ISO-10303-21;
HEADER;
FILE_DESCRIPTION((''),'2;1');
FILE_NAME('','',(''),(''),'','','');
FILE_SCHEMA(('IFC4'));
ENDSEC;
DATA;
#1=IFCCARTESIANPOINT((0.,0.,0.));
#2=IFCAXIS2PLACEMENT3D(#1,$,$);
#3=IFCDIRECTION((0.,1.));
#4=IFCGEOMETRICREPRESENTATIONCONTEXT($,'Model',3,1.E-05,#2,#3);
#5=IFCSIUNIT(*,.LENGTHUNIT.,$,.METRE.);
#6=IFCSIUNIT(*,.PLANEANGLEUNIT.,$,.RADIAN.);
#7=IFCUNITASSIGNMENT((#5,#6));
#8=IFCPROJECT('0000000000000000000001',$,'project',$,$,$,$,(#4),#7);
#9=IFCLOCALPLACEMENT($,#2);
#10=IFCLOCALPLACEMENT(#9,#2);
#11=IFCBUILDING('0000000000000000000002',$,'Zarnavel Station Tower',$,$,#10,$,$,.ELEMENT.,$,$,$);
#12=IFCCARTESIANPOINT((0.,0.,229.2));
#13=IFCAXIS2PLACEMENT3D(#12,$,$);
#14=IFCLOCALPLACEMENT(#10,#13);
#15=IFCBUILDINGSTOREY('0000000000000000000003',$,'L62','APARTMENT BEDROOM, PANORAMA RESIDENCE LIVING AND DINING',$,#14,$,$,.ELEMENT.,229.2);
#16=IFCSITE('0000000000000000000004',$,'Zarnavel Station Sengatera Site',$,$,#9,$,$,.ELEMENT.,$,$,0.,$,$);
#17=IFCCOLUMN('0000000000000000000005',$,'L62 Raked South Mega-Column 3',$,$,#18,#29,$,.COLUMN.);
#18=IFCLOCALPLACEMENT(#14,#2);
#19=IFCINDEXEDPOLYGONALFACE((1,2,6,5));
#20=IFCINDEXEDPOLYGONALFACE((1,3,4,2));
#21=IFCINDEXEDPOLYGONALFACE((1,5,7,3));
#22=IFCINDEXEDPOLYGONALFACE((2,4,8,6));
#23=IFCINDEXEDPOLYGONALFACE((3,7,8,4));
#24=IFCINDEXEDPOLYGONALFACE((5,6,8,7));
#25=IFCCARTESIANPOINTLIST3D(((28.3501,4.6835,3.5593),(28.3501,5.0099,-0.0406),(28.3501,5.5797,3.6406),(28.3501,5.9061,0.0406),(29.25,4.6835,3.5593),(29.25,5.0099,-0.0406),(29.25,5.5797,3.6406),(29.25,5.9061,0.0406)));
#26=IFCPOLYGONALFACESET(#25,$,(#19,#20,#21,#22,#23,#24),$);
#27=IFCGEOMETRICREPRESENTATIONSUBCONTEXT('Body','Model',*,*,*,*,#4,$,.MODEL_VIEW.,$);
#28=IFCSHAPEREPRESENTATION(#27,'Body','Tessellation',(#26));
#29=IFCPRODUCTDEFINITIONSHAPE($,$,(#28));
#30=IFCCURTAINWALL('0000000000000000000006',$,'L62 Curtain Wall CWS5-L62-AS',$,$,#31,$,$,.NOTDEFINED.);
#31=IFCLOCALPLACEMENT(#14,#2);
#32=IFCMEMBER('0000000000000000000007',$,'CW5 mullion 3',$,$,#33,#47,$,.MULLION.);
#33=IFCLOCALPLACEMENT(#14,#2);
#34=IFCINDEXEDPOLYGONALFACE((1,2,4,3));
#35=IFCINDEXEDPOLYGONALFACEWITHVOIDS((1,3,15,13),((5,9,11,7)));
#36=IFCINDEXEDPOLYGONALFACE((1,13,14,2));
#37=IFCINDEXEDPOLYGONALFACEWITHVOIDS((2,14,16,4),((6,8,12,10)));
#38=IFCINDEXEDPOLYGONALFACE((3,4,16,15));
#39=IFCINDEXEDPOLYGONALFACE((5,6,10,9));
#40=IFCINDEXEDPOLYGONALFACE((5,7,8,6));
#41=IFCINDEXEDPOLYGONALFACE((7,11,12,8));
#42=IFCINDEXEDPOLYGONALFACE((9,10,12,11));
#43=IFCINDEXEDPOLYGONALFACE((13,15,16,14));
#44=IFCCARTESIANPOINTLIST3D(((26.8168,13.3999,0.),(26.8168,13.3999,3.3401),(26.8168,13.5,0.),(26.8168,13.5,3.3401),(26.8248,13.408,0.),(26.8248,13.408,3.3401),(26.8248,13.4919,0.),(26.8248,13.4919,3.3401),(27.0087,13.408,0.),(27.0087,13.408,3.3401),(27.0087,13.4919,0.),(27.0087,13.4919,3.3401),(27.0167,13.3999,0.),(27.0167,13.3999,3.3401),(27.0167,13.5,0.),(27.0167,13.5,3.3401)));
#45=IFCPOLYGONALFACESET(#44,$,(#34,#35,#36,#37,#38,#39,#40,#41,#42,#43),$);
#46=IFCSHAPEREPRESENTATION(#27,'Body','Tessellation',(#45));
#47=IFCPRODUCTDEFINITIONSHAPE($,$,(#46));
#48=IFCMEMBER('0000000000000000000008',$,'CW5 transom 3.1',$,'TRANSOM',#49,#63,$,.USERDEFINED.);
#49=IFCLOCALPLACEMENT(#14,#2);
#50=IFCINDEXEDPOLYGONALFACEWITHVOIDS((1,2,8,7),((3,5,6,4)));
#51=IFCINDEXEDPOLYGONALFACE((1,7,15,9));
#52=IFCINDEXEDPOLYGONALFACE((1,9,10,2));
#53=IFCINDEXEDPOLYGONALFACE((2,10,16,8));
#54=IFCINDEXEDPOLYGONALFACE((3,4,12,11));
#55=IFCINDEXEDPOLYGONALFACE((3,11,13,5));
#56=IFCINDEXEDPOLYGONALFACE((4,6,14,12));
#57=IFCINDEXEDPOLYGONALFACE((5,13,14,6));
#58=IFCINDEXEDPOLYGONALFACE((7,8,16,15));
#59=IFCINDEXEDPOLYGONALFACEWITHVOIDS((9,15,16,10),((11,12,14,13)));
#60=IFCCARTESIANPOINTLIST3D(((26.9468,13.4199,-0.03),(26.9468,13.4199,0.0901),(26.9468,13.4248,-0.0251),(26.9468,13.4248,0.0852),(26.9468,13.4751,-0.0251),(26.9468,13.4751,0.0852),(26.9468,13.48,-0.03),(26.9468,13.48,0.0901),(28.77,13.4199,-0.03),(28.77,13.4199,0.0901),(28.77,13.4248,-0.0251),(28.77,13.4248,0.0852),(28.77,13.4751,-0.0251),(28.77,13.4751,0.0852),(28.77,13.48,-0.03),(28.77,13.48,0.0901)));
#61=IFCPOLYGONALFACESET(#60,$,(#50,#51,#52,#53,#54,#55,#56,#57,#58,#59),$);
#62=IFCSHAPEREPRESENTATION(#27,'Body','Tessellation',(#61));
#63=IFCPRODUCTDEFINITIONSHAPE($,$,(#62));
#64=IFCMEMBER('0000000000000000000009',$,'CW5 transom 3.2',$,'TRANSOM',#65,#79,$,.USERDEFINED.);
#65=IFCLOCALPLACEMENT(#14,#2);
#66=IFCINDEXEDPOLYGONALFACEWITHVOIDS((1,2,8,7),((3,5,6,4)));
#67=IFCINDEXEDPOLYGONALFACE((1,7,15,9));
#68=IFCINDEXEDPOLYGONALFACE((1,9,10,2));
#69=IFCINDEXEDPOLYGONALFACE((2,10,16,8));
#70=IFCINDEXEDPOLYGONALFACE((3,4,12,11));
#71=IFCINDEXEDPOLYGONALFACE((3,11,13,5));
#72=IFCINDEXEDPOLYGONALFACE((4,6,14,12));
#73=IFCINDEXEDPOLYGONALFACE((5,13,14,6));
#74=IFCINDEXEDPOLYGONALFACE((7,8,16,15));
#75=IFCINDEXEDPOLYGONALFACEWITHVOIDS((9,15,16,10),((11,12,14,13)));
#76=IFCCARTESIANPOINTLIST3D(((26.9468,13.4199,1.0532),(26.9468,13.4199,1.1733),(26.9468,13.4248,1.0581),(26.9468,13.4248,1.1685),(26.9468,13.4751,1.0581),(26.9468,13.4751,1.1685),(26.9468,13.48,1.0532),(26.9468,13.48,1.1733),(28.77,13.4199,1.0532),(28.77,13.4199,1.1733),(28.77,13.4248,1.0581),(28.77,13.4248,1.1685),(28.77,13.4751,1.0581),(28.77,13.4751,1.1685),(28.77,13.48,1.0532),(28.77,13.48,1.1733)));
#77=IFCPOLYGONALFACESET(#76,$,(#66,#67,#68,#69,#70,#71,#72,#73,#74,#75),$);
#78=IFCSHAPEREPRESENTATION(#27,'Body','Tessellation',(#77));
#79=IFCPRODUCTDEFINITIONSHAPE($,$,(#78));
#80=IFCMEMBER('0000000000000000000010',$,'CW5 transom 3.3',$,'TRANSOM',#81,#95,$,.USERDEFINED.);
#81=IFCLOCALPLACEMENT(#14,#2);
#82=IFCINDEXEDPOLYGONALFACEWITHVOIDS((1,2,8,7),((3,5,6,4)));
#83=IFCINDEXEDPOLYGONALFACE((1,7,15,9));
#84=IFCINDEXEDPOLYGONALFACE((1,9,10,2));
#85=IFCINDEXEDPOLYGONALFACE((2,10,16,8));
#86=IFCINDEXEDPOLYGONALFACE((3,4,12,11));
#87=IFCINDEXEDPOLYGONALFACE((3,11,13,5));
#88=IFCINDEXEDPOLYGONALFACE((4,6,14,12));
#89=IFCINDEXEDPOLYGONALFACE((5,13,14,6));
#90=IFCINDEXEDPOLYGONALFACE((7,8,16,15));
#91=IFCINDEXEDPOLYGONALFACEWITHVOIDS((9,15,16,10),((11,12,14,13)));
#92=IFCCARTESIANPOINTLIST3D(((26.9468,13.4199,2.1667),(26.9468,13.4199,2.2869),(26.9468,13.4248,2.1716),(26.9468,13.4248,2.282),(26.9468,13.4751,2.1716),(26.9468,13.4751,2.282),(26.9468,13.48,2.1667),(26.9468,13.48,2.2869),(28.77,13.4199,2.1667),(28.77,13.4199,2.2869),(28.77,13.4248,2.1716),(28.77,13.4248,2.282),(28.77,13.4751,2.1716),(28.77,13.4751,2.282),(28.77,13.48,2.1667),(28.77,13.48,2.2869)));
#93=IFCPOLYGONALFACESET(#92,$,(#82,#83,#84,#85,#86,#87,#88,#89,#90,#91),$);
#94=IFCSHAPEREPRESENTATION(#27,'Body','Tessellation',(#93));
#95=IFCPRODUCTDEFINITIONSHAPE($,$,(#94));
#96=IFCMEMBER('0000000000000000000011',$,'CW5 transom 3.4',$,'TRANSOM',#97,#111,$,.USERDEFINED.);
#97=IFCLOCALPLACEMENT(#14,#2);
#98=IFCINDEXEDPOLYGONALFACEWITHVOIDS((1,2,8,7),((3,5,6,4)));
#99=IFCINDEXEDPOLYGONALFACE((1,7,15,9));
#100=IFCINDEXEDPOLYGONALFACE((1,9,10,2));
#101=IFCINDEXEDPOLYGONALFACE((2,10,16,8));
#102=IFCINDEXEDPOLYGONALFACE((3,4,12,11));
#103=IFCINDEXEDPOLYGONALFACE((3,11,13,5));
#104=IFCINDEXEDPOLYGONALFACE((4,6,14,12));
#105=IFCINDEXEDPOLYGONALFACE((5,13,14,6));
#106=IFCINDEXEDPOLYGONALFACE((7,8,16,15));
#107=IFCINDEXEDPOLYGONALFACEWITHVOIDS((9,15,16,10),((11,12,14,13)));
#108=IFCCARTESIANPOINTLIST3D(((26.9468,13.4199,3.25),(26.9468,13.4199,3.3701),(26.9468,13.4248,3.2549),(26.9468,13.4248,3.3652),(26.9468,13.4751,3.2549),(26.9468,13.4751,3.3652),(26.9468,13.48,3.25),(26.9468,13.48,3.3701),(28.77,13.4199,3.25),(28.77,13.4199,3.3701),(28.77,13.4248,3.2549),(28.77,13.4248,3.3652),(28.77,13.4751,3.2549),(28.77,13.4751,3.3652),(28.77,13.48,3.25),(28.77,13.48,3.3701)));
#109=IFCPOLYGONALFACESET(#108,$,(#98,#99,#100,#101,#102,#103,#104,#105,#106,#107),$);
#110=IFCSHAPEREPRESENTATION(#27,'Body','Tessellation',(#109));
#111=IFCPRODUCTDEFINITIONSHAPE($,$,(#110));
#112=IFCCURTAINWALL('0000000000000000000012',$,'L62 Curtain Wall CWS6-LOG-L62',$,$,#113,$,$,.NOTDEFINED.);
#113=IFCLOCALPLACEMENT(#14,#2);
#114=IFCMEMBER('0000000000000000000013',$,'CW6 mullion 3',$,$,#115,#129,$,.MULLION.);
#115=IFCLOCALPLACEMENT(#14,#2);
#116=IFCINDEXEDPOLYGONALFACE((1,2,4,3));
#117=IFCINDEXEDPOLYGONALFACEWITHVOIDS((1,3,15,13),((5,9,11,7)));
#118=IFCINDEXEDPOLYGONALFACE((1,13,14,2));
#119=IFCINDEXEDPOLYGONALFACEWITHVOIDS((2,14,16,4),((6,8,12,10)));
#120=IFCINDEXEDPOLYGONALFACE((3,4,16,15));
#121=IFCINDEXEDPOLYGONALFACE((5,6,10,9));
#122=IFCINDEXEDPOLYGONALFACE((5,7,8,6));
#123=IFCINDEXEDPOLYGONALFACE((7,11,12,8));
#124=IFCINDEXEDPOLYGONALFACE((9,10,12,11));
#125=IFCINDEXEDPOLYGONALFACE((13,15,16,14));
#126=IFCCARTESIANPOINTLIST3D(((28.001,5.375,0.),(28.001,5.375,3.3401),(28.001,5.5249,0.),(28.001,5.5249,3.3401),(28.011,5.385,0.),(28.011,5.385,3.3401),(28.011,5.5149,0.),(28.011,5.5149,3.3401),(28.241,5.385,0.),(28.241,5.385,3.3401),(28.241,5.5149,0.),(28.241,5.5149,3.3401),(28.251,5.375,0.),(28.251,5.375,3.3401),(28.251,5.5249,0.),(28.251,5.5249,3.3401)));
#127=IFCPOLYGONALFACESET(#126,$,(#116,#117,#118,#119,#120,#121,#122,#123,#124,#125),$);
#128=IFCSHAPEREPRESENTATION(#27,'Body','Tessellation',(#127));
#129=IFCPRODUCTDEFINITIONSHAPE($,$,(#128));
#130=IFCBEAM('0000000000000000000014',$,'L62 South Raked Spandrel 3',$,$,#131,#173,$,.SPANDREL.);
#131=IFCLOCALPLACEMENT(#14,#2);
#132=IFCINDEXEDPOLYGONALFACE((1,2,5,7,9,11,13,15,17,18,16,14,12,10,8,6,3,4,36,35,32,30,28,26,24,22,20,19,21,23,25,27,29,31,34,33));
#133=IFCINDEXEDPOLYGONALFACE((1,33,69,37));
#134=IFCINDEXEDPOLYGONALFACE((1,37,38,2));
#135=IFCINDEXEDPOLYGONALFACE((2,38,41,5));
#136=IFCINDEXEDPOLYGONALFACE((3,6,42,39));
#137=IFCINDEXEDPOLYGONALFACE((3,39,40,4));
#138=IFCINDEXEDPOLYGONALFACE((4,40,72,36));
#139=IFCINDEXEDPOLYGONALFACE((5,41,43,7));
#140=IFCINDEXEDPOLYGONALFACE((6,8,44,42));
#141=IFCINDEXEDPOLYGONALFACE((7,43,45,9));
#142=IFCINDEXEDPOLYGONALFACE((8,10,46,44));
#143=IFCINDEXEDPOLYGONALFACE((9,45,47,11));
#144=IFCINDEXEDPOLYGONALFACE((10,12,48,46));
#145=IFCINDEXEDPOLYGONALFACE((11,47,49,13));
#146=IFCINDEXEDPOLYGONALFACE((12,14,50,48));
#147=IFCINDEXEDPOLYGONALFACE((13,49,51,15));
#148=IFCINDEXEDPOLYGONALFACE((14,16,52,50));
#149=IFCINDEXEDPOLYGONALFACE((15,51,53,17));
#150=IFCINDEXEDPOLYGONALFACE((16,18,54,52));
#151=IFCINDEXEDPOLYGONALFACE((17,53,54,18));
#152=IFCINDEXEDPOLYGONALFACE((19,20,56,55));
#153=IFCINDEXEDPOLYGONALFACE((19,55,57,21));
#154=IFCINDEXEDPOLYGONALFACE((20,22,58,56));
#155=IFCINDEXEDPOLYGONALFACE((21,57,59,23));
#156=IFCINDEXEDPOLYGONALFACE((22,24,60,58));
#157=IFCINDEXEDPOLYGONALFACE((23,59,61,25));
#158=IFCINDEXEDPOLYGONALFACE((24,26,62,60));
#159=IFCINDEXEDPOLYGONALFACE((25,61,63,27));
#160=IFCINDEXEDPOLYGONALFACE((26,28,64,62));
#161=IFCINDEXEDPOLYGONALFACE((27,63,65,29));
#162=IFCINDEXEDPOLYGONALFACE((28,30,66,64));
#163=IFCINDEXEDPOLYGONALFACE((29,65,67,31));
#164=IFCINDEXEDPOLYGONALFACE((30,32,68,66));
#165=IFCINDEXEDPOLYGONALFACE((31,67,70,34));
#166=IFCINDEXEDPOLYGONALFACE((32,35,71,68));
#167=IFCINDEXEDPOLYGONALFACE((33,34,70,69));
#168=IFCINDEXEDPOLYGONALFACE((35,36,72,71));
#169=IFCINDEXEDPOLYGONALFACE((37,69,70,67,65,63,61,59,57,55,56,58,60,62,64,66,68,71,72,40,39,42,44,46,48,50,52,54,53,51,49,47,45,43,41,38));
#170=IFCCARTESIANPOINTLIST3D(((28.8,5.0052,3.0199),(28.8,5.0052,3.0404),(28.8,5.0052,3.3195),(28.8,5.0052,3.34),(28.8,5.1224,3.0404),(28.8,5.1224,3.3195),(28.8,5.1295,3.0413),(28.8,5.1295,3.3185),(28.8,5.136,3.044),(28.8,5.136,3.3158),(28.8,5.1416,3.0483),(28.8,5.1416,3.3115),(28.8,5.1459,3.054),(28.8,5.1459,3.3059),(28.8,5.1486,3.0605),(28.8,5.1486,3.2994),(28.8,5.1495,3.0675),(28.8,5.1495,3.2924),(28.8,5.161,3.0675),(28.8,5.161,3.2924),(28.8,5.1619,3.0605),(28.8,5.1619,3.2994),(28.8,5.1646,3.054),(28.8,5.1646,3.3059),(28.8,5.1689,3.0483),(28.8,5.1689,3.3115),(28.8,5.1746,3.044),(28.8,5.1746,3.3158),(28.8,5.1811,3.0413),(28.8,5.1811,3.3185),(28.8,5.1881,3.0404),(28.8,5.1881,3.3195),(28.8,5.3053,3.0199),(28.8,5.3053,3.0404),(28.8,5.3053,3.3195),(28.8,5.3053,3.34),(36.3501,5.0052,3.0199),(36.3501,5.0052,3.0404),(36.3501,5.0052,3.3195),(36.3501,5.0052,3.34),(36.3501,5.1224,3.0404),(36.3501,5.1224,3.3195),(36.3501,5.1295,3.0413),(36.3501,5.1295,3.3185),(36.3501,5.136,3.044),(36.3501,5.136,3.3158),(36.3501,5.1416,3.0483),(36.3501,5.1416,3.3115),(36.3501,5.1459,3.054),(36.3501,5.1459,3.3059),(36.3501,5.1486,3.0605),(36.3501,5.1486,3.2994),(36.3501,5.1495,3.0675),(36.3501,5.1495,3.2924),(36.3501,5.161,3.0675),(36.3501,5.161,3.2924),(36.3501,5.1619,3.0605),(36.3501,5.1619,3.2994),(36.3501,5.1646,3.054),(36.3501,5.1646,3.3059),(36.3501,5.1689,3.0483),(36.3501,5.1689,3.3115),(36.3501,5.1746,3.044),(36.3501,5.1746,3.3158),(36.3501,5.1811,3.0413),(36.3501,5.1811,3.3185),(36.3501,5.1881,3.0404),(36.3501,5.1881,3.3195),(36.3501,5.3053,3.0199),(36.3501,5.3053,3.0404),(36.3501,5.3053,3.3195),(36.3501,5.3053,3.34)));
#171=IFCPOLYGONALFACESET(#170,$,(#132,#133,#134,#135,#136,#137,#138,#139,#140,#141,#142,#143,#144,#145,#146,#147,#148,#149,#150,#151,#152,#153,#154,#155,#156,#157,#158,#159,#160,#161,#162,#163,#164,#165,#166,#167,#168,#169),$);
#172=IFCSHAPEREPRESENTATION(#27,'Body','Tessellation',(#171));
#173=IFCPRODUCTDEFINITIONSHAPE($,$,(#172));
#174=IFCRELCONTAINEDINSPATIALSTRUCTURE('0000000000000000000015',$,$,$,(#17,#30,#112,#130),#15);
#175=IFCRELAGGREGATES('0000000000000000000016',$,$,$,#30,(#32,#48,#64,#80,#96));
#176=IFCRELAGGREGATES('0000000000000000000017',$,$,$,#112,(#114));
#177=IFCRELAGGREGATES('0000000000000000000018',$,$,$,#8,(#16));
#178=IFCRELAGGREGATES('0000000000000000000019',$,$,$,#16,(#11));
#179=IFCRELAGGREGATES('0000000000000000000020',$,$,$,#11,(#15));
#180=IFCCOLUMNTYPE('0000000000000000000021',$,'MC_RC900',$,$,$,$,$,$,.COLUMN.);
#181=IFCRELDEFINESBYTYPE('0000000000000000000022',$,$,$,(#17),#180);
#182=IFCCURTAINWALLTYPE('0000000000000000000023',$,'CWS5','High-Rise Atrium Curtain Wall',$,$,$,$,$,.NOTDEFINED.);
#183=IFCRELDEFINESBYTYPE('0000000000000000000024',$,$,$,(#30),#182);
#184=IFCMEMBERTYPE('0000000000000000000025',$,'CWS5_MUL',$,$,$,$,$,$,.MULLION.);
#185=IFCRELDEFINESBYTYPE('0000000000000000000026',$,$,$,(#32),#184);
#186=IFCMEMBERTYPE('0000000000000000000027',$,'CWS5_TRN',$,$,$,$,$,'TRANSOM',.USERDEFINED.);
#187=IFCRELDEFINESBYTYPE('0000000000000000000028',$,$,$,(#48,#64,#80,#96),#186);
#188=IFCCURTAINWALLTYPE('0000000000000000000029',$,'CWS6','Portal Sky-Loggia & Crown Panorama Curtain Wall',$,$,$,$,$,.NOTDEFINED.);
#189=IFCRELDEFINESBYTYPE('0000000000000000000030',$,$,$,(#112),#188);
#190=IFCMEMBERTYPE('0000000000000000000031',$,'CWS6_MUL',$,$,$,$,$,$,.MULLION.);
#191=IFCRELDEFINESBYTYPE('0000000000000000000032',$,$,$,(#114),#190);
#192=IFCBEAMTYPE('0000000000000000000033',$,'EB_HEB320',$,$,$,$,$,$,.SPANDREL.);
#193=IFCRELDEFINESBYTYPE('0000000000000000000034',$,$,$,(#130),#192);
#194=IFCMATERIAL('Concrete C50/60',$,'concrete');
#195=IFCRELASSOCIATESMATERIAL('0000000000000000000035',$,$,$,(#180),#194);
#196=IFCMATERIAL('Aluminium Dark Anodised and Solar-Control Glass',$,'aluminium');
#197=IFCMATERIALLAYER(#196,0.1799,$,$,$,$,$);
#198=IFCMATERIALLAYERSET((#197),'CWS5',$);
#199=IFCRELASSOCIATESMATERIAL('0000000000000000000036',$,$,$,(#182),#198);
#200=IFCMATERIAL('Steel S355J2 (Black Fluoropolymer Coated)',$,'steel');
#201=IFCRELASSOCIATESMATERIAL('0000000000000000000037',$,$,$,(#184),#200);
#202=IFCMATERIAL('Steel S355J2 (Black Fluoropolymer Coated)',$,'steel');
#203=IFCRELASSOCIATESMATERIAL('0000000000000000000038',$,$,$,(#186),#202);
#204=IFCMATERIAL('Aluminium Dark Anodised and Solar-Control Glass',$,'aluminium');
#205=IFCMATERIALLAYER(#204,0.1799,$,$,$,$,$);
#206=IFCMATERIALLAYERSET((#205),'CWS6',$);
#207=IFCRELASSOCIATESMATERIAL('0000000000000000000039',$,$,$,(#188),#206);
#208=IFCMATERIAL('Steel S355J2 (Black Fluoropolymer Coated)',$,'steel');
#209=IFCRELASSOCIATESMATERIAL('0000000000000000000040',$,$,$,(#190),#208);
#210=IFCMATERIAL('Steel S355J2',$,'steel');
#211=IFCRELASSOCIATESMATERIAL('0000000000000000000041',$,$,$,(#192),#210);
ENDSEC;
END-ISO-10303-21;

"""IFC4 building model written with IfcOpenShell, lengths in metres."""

from ifc_helpers import new_model, si_unit, direction, frame, origin, origin_2d, place, context, subcontext, project, spatial, rectangle, hollow_rectangle, i_section, extrude, material, layer, layer_set, material_profile, profile_set, type_object, element, aggregate, save


model = new_model("IFC4")

# Units and contexts
model_context = context("Model", 3, precision=1e-05, world=origin(), true_north=direction((0.0, 1.0)))
body_context = subcontext(model_context, "Body", "Model", "MODEL_VIEW")
ifc_project = project(units=[si_unit("LENGTHUNIT", "METRE"), si_unit("PLANEANGLEUNIT", "RADIAN")], contexts=[model_context])

# Site, building, storey
site_placement = place(None, origin())
site = spatial("IfcSite", under=ifc_project, at=site_placement, Name="Zarnavel Station Sengatera Site", CompositionType="ELEMENT", RefElevation=0.0)
building_placement = place(site_placement, origin())
building = spatial("IfcBuilding", under=site, at=building_placement, Name="Zarnavel Station Tower", CompositionType="ELEMENT")
storey_placement = place(building_placement, frame((0.0, 0.0, 229.2)))
storey = spatial("IfcBuildingStorey", under=building, at=storey_placement, Name="L62", Description="APARTMENT BEDROOM, PANORAMA RESIDENCE LIVING AND DINING", CompositionType="ELEMENT", Elevation=229.2)

# Column
ifc_material_1 = material(Name="Concrete C50/60", Category="concrete")
ifc_material_profile_1 = material_profile(ifc_material_1, rectangle(XDim=0.8999, YDim=0.8999, at=origin_2d()), Name="RC900x900")
ifc_profile_set_1 = profile_set([ifc_material_profile_1], Name="Concrete C50/60")
column_type = type_object("IfcColumnType", Name="MC_RC900", PredefinedType="COLUMN", material=ifc_profile_set_1)
column_placement = place(storey_placement, frame((28.8, 5.458, 0.0), z_axis=(0.0, -0.090298, 0.995915), x_axis=(1.0, 0.0, 0.0)))
element("IfcColumn", 1, at=column_placement, inside=storey, type_object=column_type, Name="L62 Raked South Mega-Column 3", PredefinedType="COLUMN", context=body_context, shape_type="SweptSolid", body=[
    extrude(rectangle(XDim=0.8999, YDim=0.8999, at=origin_2d()), origin(), (0.0, 0.0, 1.0), 3.6147),
])

# Curtain wall, members
ifc_material_2 = material(Name="Aluminium Dark Anodised and Solar-Control Glass", Category="aluminium")
ifc_layer_1 = layer(ifc_material_2, 0.1799)
ifc_layer_set_1 = layer_set([ifc_layer_1], Name="CWS5")
curtain_wall_type_1 = type_object("IfcCurtainWallType", Name="CWS5", Description="High-Rise Atrium Curtain Wall", PredefinedType="NOTDEFINED", material=ifc_layer_set_1)
curtain_wall_1_placement = place(storey_placement, origin())
curtain_wall_1 = element("IfcCurtainWall", 2, at=curtain_wall_1_placement, inside=storey, type_object=curtain_wall_type_1, Name="L62 Curtain Wall CWS5-L62-AS", PredefinedType="NOTDEFINED")
ifc_material_3 = material(Name="Steel S355J2 (Black Fluoropolymer Coated)", Category="steel")
ifc_material_profile_2 = material_profile(ifc_material_3, hollow_rectangle(XDim=0.1001, YDim=0.2, WallThickness=0.0081, at=origin_2d()), Name="RHS200x100x8")
ifc_profile_set_2 = profile_set([ifc_material_profile_2], Name="Steel S355J2 (Black Fluoropolymer Coated)")
member_type_1 = type_object("IfcMemberType", Name="CWS5_MUL", PredefinedType="MULLION", material=ifc_profile_set_2)
member_1_placement = place(storey_placement, frame((26.9167, 13.45, 0.0), z_axis=(0.0, 0.0, 1.0), x_axis=(0.0, 1.0, 0.0)))
member_1 = element("IfcMember", 3, at=member_1_placement, type_object=member_type_1, Name="CW5 mullion 3", PredefinedType="MULLION", context=body_context, shape_type="SweptSolid", body=[
    extrude(hollow_rectangle(XDim=0.1001, YDim=0.2, WallThickness=0.0081, at=origin_2d()), origin(), (0.0, 0.0, 1.0), 3.3401),
])
ifc_material_4 = material(Name="Steel S355J2 (Black Fluoropolymer Coated)", Category="steel")
ifc_material_profile_3 = material_profile(ifc_material_4, hollow_rectangle(XDim=0.0601, YDim=0.1201, WallThickness=0.0049, at=origin_2d()), Name="RHS120x60x5")
ifc_profile_set_3 = profile_set([ifc_material_profile_3], Name="Steel S355J2 (Black Fluoropolymer Coated)")
member_type_2 = type_object("IfcMemberType", Name="CWS5_TRN", ElementType="TRANSOM", PredefinedType="USERDEFINED", material=ifc_profile_set_3)
member_2_placement = place(storey_placement, frame((26.9468, 13.45, 0.03), z_axis=(1.0, 0.0, 0.0), x_axis=(0.0, 1.0, 0.0)))
member_2 = element("IfcMember", 4, at=member_2_placement, type_object=member_type_2, Name="CW5 transom 3.1", ObjectType="TRANSOM", PredefinedType="USERDEFINED", context=body_context, shape_type="SweptSolid", body=[
    extrude(hollow_rectangle(XDim=0.0601, YDim=0.1201, WallThickness=0.0049, at=origin_2d()), origin(), (0.0, 0.0, 1.0), 1.8232),
])
member_3_placement = place(storey_placement, frame((26.9468, 13.45, 1.1133), z_axis=(1.0, 0.0, 0.0), x_axis=(0.0, 1.0, 0.0)))
member_3 = element("IfcMember", 5, at=member_3_placement, type_object=member_type_2, Name="CW5 transom 3.2", ObjectType="TRANSOM", PredefinedType="USERDEFINED", context=body_context, shape_type="SweptSolid", body=[
    extrude(hollow_rectangle(XDim=0.0601, YDim=0.1201, WallThickness=0.0049, at=origin_2d()), origin(), (0.0, 0.0, 1.0), 1.8232),
])
member_4_placement = place(storey_placement, frame((26.9468, 13.45, 2.2268), z_axis=(1.0, 0.0, 0.0), x_axis=(0.0, 1.0, 0.0)))
member_4 = element("IfcMember", 6, at=member_4_placement, type_object=member_type_2, Name="CW5 transom 3.3", ObjectType="TRANSOM", PredefinedType="USERDEFINED", context=body_context, shape_type="SweptSolid", body=[
    extrude(hollow_rectangle(XDim=0.0601, YDim=0.1201, WallThickness=0.0049, at=origin_2d()), origin(), (0.0, 0.0, 1.0), 1.8232),
])
member_5_placement = place(storey_placement, frame((26.9468, 13.45, 3.3101), z_axis=(1.0, 0.0, 0.0), x_axis=(0.0, 1.0, 0.0)))
member_5 = element("IfcMember", 7, at=member_5_placement, type_object=member_type_2, Name="CW5 transom 3.4", ObjectType="TRANSOM", PredefinedType="USERDEFINED", context=body_context, shape_type="SweptSolid", body=[
    extrude(hollow_rectangle(XDim=0.0601, YDim=0.1201, WallThickness=0.0049, at=origin_2d()), origin(), (0.0, 0.0, 1.0), 1.8232),
])

# Curtain wall, member
ifc_material_5 = material(Name="Aluminium Dark Anodised and Solar-Control Glass", Category="aluminium")
ifc_layer_2 = layer(ifc_material_5, 0.1799)
ifc_layer_set_2 = layer_set([ifc_layer_2], Name="CWS6")
curtain_wall_type_2 = type_object("IfcCurtainWallType", Name="CWS6", Description="Portal Sky-Loggia & Crown Panorama Curtain Wall", PredefinedType="NOTDEFINED", material=ifc_layer_set_2)
curtain_wall_2_placement = place(storey_placement, origin())
curtain_wall_2 = element("IfcCurtainWall", 8, at=curtain_wall_2_placement, inside=storey, type_object=curtain_wall_type_2, Name="L62 Curtain Wall CWS6-LOG-L62", PredefinedType="NOTDEFINED")
ifc_material_6 = material(Name="Steel S355J2 (Black Fluoropolymer Coated)", Category="steel")
ifc_material_profile_4 = material_profile(ifc_material_6, hollow_rectangle(XDim=0.1499, YDim=0.25, WallThickness=0.01, at=origin_2d()), Name="RHS250x150x10")
ifc_profile_set_4 = profile_set([ifc_material_profile_4], Name="Steel S355J2 (Black Fluoropolymer Coated)")
member_type_3 = type_object("IfcMemberType", Name="CWS6_MUL", PredefinedType="MULLION", material=ifc_profile_set_4)
member_6_placement = place(storey_placement, frame((28.126, 5.45, 0.0), z_axis=(0.0, 0.0, 1.0), x_axis=(0.0, 1.0, 0.0)))
member_6 = element("IfcMember", 9, at=member_6_placement, type_object=member_type_3, Name="CW6 mullion 3", PredefinedType="MULLION", context=body_context, shape_type="SweptSolid", body=[
    extrude(hollow_rectangle(XDim=0.1499, YDim=0.25, WallThickness=0.01, at=origin_2d()), origin(), (0.0, 0.0, 1.0), 3.3401),
])

# Beam
ifc_material_7 = material(Name="Steel S355J2", Category="steel")
ifc_material_profile_5 = material_profile(ifc_material_7, i_section(OverallWidth=0.3, OverallDepth=0.3201, WebThickness=0.0115, FlangeThickness=0.0205, FilletRadius=0.0271, at=origin_2d()), Name="HEB320")
ifc_profile_set_5 = profile_set([ifc_material_profile_5], Name="Steel S355J2")
beam_type_1 = type_object("IfcBeamType", Name="EB_HEB320", PredefinedType="SPANDREL", material=ifc_profile_set_5)
beam_1_placement = place(storey_placement, frame((28.8, 5.1553, 3.1799), z_axis=(1.0, 0.0, 0.0), x_axis=(0.0, 1.0, 0.0)))
element("IfcBeam", 10, at=beam_1_placement, inside=storey, type_object=beam_type_1, Name="L62 South Raked Spandrel 3", PredefinedType="SPANDREL", context=body_context, shape_type="SweptSolid", body=[
    extrude(i_section(OverallWidth=0.3, OverallDepth=0.3201, WebThickness=0.0115, FlangeThickness=0.0205, FilletRadius=0.0271, at=origin_2d()), origin(), (0.0, 0.0, 1.0), 7.55),
])

aggregate(curtain_wall_1, [member_1, member_2, member_3, member_4, member_5])
aggregate(curtain_wall_2, [member_6])

save(model, "model.ifc")
